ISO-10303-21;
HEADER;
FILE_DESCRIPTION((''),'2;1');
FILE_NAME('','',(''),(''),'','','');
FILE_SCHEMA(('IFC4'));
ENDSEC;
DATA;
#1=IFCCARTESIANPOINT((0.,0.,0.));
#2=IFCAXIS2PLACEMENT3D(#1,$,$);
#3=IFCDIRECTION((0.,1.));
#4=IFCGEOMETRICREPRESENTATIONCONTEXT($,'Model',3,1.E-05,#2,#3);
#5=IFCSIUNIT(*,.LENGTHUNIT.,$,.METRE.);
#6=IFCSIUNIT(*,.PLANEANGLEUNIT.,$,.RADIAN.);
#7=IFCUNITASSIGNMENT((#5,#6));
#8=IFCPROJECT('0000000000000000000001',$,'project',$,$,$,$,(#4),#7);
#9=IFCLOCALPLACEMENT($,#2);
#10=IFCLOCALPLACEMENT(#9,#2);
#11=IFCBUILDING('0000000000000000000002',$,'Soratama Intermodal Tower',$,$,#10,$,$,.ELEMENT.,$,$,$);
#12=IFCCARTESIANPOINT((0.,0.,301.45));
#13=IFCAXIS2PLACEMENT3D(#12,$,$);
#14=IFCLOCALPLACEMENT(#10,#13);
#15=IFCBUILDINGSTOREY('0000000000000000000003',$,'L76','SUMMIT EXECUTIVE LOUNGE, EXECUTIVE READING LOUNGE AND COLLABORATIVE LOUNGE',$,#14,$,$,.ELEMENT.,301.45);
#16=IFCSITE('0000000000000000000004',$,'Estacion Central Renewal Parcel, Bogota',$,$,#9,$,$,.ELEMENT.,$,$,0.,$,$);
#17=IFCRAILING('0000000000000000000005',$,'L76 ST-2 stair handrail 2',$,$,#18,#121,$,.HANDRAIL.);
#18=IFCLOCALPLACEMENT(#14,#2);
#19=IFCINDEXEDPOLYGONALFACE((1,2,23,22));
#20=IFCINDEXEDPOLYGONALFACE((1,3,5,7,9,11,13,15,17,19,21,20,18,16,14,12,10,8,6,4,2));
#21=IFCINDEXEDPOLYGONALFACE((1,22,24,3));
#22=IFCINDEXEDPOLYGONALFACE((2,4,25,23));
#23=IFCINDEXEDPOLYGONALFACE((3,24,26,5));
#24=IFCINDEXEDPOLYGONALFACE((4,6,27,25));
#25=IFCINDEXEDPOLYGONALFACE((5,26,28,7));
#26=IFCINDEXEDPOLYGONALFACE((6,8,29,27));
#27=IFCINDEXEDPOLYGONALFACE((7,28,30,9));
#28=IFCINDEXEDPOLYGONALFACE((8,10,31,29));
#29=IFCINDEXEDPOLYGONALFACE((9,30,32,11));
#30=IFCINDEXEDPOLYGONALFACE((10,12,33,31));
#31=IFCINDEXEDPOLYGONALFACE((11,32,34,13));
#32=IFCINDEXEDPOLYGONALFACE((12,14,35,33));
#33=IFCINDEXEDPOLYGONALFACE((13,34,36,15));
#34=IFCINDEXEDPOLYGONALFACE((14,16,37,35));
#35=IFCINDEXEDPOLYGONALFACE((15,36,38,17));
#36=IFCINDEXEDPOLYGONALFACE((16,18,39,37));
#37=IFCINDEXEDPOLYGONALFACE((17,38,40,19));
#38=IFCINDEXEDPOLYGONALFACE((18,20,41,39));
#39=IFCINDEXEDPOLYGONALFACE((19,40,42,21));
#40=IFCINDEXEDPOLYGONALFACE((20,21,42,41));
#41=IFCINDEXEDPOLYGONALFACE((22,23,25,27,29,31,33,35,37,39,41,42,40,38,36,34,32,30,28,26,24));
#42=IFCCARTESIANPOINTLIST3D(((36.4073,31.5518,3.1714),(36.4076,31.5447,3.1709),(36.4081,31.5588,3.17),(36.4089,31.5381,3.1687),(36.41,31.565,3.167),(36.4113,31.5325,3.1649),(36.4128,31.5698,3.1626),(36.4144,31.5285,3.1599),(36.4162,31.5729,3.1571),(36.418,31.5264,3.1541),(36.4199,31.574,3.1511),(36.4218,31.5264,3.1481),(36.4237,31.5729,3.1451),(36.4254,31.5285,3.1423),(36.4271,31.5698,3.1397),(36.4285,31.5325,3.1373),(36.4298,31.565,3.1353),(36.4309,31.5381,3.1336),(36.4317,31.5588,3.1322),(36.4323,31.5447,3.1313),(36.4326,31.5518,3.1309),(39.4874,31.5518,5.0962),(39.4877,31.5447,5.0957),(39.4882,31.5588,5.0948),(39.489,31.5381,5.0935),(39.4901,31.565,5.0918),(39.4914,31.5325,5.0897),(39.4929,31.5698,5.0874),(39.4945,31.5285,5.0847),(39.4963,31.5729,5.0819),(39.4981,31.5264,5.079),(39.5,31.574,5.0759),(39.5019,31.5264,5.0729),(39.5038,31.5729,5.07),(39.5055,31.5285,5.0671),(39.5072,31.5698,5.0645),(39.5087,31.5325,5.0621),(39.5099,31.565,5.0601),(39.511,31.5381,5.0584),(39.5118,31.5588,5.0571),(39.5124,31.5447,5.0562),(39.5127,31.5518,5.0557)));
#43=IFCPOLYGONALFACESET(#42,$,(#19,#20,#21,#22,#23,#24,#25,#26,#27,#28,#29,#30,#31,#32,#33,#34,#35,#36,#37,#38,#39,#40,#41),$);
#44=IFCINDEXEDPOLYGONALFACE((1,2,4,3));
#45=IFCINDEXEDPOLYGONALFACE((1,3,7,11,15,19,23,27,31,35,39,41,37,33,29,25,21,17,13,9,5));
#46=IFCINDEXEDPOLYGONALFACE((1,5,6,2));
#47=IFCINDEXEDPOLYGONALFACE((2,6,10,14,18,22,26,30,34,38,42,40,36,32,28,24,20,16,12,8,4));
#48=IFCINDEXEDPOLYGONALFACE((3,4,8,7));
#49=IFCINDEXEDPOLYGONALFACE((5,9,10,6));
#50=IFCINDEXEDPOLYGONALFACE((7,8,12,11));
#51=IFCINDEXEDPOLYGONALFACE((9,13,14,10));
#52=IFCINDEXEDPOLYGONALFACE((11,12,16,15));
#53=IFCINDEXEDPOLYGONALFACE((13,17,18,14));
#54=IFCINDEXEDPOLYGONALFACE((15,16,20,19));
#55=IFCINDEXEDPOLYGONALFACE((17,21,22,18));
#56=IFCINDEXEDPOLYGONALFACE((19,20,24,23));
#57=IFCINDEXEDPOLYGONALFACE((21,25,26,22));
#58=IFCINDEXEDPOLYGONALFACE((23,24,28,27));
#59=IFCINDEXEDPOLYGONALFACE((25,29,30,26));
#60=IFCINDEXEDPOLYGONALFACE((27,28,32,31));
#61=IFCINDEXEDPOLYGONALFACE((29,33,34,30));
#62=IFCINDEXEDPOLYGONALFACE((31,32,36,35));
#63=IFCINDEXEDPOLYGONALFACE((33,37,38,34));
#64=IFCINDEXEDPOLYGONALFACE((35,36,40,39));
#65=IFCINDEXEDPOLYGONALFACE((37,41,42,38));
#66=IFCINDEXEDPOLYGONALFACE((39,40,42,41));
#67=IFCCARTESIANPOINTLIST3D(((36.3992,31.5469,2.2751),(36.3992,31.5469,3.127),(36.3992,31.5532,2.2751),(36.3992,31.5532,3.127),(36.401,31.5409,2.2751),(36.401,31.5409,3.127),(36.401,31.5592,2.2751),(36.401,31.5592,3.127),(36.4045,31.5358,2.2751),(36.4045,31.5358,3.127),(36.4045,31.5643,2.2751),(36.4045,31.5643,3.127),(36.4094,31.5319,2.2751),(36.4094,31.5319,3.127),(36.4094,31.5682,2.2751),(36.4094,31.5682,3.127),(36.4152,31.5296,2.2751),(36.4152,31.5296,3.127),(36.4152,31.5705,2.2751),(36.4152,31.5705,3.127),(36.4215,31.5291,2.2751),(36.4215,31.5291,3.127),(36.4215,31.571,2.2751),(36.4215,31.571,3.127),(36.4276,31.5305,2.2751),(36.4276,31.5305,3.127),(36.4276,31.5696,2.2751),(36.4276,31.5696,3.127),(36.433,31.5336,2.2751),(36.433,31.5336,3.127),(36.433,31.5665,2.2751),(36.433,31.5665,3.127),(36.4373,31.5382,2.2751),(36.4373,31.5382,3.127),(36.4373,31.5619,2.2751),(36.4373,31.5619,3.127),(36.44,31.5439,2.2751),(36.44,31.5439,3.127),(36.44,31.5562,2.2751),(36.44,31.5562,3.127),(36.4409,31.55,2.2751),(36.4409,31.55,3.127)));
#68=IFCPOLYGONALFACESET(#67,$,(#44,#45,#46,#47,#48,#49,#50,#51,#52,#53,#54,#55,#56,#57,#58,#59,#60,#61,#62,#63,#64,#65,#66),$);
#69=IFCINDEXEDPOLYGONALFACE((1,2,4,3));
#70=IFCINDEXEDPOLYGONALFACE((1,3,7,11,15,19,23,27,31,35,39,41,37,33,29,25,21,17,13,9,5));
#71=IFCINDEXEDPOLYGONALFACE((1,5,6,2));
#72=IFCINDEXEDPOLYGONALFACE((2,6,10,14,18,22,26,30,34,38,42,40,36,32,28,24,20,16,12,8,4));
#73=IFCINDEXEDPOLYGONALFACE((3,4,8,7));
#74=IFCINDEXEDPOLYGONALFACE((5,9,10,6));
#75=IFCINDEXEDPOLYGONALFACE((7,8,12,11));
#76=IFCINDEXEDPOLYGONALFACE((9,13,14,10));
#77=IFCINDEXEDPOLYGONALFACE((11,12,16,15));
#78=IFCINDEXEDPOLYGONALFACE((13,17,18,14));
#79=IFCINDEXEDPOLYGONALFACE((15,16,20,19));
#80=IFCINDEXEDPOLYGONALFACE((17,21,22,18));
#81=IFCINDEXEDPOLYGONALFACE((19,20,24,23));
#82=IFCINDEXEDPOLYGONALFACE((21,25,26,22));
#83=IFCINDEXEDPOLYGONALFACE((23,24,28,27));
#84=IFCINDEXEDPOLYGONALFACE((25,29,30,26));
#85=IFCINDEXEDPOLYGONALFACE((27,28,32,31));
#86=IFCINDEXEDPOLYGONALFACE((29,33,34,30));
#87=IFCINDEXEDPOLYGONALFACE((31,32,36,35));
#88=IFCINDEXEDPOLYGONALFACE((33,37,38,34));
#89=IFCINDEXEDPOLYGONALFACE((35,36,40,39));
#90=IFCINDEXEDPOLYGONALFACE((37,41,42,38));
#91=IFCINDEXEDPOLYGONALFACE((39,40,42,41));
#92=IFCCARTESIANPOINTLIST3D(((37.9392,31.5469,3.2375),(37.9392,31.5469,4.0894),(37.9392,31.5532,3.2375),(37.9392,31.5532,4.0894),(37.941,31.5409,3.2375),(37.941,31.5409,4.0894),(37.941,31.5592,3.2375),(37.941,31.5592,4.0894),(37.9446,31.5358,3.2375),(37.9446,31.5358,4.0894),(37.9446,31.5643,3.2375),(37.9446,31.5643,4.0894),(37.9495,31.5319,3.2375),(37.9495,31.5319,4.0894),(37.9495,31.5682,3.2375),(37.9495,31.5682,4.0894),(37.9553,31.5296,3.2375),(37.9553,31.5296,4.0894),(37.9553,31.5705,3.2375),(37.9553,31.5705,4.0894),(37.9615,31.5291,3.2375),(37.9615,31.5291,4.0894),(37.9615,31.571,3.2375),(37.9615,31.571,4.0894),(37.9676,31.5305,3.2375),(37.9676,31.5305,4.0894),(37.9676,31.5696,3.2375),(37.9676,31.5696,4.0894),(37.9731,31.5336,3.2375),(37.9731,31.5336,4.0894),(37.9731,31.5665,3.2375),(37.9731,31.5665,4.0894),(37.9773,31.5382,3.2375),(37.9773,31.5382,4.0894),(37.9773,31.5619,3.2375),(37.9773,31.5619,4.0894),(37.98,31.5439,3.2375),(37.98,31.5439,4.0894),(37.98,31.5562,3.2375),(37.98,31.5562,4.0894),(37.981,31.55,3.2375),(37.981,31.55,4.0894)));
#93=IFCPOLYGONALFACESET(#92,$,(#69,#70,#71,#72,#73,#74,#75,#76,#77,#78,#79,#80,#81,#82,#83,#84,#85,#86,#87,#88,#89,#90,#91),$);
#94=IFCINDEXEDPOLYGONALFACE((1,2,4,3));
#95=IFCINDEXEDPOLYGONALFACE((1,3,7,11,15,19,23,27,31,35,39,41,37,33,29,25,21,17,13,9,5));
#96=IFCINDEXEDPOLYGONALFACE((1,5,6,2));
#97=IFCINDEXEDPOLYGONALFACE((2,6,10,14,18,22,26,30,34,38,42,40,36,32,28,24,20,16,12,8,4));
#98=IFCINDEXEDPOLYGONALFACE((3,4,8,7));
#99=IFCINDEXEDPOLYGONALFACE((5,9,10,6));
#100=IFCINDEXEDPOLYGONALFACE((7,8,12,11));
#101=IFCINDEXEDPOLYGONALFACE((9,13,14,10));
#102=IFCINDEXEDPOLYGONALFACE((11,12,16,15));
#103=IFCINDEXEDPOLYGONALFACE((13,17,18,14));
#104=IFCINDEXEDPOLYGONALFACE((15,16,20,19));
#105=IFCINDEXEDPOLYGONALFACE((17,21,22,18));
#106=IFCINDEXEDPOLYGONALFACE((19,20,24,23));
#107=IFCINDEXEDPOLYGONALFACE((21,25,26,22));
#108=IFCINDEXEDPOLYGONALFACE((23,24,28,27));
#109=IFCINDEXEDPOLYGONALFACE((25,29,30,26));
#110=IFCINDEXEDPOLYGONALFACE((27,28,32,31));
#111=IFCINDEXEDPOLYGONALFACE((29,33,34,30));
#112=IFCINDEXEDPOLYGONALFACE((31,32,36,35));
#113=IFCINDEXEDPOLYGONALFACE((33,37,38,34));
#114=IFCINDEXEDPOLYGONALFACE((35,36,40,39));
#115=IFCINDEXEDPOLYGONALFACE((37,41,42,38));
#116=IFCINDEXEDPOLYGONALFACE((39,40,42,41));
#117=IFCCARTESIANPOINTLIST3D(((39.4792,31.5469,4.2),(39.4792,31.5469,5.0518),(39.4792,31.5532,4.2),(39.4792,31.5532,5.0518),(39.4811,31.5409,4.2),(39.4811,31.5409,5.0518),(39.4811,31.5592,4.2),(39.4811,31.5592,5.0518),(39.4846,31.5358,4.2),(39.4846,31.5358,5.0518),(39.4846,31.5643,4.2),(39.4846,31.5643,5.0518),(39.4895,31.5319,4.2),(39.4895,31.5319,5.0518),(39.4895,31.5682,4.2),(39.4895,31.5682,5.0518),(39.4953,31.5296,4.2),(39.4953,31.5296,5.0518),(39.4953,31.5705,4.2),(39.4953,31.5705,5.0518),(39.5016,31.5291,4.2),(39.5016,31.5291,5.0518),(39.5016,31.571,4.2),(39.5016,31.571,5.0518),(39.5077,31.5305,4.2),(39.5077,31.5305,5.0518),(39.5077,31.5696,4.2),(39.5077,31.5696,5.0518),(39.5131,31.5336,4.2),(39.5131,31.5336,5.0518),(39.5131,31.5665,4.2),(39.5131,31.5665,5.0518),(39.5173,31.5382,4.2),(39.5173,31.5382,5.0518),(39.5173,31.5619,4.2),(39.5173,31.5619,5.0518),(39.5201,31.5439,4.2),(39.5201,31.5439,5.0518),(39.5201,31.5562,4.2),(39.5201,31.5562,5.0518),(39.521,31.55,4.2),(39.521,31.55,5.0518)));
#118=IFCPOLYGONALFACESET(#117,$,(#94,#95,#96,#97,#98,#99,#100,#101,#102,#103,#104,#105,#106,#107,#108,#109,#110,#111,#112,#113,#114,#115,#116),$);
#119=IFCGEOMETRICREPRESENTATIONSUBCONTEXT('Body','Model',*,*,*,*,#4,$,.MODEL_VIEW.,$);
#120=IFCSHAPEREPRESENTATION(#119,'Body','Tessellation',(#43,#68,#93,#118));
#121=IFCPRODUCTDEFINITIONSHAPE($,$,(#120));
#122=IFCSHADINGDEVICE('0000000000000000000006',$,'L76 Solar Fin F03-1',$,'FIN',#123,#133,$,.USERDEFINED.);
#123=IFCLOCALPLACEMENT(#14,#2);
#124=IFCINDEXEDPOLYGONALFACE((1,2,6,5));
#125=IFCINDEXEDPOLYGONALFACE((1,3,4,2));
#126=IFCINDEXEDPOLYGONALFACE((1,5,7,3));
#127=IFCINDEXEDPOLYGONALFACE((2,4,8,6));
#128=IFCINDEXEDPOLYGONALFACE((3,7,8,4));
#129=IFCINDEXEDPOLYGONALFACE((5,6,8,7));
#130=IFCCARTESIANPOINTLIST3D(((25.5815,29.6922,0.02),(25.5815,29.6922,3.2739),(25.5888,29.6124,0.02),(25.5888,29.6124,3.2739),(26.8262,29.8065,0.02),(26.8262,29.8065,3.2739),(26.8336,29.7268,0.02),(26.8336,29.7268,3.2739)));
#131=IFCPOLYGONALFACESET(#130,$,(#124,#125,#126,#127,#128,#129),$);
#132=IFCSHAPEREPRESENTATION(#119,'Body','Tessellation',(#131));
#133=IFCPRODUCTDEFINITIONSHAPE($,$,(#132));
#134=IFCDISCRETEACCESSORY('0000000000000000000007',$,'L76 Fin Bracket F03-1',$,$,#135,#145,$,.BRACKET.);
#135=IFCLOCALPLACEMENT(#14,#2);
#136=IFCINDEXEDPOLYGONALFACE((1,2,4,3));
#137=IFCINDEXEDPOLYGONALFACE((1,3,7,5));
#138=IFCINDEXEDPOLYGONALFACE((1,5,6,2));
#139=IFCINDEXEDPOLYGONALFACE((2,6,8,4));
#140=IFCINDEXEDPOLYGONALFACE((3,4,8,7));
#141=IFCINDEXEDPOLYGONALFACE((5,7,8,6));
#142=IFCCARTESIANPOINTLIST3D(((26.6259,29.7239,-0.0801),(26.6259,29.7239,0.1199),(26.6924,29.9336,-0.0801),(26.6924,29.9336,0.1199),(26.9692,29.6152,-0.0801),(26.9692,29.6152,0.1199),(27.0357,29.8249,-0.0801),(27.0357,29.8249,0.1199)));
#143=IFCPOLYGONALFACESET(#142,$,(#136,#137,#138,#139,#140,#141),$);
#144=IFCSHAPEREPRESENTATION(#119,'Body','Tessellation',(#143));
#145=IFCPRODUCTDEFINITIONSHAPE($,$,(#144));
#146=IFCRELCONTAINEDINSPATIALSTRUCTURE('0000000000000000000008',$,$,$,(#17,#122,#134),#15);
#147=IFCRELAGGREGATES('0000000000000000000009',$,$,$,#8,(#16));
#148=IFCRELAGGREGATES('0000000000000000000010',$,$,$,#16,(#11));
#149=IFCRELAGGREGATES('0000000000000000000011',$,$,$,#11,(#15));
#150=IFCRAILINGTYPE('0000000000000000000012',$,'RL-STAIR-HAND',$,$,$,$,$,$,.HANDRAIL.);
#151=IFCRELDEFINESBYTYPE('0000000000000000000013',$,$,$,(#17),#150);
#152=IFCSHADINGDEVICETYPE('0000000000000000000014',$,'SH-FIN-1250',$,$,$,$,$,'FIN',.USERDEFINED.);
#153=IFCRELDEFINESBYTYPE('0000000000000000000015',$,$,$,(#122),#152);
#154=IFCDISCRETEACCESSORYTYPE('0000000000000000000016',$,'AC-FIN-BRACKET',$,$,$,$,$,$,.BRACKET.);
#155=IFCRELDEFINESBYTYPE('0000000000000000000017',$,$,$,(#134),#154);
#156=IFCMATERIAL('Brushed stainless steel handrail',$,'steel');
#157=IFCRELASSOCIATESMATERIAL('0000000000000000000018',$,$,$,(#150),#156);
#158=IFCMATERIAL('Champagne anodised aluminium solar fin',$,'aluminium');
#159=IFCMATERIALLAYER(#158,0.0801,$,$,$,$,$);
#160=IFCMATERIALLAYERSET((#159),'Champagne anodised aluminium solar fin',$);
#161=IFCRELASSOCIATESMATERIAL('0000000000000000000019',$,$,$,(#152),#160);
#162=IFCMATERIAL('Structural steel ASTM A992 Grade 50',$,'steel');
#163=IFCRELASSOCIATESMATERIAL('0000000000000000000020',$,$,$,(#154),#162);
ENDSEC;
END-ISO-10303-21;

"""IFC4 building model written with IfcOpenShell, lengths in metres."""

from ifc_helpers import new_model, si_unit, direction, frame, origin, origin_2d, place, context, subcontext, project, spatial, rectangle, circle, extrude, material, layer, layer_set, type_object, element, save


model = new_model("IFC4")

# Units and contexts
model_context = context("Model", 3, precision=1e-05, world=origin(), true_north=direction((0.0, 1.0)))
body_context = subcontext(model_context, "Body", "Model", "MODEL_VIEW")
ifc_project = project(units=[si_unit("LENGTHUNIT", "METRE"), si_unit("PLANEANGLEUNIT", "RADIAN")], contexts=[model_context])

# Site, building, storey
site_placement = place(None, origin())
site = spatial("IfcSite", under=ifc_project, at=site_placement, Name="Estacion Central Renewal Parcel, Bogota", CompositionType="ELEMENT", RefElevation=0.0)
building_placement = place(site_placement, origin())
building = spatial("IfcBuilding", under=site, at=building_placement, Name="Soratama Intermodal Tower", CompositionType="ELEMENT")
storey_placement = place(building_placement, frame((0.0, 0.0, 301.45)))
storey = spatial("IfcBuildingStorey", under=building, at=storey_placement, Name="L76", Description="SUMMIT EXECUTIVE LOUNGE, EXECUTIVE READING LOUNGE AND COLLABORATIVE LOUNGE", CompositionType="ELEMENT", Elevation=301.45)

# Railing
ifc_material_1 = material(Name="Brushed stainless steel handrail", Category="steel")
railing_type_1 = type_object("IfcRailingType", Name="RL-STAIR-HAND", PredefinedType="HANDRAIL", material=ifc_material_1)
railing_1_placement = place(storey_placement, frame((36.4199, 31.55, 2.2751)))
element("IfcRailing", 1, at=railing_1_placement, inside=storey, type_object=railing_type_1, Name="L76 ST-2 stair handrail 2", PredefinedType="HANDRAIL", context=body_context, shape_type="SweptSolid", body=[
    extrude(circle(Radius=0.0239, at=origin_2d()), frame((0.0, 0.0, 0.876), z_axis=(0.848029, 0.0, 0.529951), x_axis=(0.0, 1.0, 0.0)), (0.0, 0.0, 1.0), 3.6321),
    extrude(circle(Radius=0.021, at=origin_2d()), origin(), (0.0, 0.0, 1.0), 0.8518),
    extrude(circle(Radius=0.021, at=origin_2d()), frame((1.54, 0.0, 0.9624)), (0.0, 0.0, 1.0), 0.8518),
    extrude(circle(Radius=0.021, at=origin_2d()), frame((3.0801, 0.0, 1.9248)), (0.0, 0.0, 1.0), 0.8518),
])

# Shading device
ifc_material_2 = material(Name="Champagne anodised aluminium solar fin", Category="aluminium")
ifc_layer_1 = layer(ifc_material_2, 0.0801)
ifc_layer_set_1 = layer_set([ifc_layer_1], Name="Champagne anodised aluminium solar fin")
shading_device_type = type_object("IfcShadingDeviceType", Name="SH-FIN-1250", ElementType="FIN", PredefinedType="USERDEFINED", material=ifc_layer_set_1)
shading_device_placement = place(storey_placement, frame((26.2075, 29.7095, 0.02), z_axis=(0.0, 0.0, 1.0), x_axis=(-0.995805, -0.091502, 0.0)))
element("IfcShadingDevice", 2, at=shading_device_placement, inside=storey, type_object=shading_device_type, Name="L76 Solar Fin F03-1", ObjectType="FIN", PredefinedType="USERDEFINED", context=body_context, shape_type="SweptSolid", body=[
    extrude(rectangle(XDim=1.25, YDim=0.0801, at=origin_2d()), origin(), (0.0, 0.0, 1.0), 3.2539),
])

# Discrete accessory
ifc_material_3 = material(Name="Structural steel ASTM A992 Grade 50", Category="steel")
discrete_accessory_type = type_object("IfcDiscreteAccessoryType", Name="AC-FIN-BRACKET", PredefinedType="BRACKET", material=ifc_material_3)
discrete_accessory_placement = place(storey_placement, frame((26.8308, 29.7744, -0.0801), z_axis=(0.0, 0.0, 1.0), x_axis=(-0.953296, 0.302037, 0.0)))
element("IfcDiscreteAccessory", 3, at=discrete_accessory_placement, inside=storey, type_object=discrete_accessory_type, Name="L76 Fin Bracket F03-1", PredefinedType="BRACKET", context=body_context, shape_type="SweptSolid", body=[
    extrude(rectangle(XDim=0.3601, YDim=0.22, at=origin_2d()), origin(), (0.0, 0.0, 1.0), 0.2),
])

save(model, "model.ifc")
